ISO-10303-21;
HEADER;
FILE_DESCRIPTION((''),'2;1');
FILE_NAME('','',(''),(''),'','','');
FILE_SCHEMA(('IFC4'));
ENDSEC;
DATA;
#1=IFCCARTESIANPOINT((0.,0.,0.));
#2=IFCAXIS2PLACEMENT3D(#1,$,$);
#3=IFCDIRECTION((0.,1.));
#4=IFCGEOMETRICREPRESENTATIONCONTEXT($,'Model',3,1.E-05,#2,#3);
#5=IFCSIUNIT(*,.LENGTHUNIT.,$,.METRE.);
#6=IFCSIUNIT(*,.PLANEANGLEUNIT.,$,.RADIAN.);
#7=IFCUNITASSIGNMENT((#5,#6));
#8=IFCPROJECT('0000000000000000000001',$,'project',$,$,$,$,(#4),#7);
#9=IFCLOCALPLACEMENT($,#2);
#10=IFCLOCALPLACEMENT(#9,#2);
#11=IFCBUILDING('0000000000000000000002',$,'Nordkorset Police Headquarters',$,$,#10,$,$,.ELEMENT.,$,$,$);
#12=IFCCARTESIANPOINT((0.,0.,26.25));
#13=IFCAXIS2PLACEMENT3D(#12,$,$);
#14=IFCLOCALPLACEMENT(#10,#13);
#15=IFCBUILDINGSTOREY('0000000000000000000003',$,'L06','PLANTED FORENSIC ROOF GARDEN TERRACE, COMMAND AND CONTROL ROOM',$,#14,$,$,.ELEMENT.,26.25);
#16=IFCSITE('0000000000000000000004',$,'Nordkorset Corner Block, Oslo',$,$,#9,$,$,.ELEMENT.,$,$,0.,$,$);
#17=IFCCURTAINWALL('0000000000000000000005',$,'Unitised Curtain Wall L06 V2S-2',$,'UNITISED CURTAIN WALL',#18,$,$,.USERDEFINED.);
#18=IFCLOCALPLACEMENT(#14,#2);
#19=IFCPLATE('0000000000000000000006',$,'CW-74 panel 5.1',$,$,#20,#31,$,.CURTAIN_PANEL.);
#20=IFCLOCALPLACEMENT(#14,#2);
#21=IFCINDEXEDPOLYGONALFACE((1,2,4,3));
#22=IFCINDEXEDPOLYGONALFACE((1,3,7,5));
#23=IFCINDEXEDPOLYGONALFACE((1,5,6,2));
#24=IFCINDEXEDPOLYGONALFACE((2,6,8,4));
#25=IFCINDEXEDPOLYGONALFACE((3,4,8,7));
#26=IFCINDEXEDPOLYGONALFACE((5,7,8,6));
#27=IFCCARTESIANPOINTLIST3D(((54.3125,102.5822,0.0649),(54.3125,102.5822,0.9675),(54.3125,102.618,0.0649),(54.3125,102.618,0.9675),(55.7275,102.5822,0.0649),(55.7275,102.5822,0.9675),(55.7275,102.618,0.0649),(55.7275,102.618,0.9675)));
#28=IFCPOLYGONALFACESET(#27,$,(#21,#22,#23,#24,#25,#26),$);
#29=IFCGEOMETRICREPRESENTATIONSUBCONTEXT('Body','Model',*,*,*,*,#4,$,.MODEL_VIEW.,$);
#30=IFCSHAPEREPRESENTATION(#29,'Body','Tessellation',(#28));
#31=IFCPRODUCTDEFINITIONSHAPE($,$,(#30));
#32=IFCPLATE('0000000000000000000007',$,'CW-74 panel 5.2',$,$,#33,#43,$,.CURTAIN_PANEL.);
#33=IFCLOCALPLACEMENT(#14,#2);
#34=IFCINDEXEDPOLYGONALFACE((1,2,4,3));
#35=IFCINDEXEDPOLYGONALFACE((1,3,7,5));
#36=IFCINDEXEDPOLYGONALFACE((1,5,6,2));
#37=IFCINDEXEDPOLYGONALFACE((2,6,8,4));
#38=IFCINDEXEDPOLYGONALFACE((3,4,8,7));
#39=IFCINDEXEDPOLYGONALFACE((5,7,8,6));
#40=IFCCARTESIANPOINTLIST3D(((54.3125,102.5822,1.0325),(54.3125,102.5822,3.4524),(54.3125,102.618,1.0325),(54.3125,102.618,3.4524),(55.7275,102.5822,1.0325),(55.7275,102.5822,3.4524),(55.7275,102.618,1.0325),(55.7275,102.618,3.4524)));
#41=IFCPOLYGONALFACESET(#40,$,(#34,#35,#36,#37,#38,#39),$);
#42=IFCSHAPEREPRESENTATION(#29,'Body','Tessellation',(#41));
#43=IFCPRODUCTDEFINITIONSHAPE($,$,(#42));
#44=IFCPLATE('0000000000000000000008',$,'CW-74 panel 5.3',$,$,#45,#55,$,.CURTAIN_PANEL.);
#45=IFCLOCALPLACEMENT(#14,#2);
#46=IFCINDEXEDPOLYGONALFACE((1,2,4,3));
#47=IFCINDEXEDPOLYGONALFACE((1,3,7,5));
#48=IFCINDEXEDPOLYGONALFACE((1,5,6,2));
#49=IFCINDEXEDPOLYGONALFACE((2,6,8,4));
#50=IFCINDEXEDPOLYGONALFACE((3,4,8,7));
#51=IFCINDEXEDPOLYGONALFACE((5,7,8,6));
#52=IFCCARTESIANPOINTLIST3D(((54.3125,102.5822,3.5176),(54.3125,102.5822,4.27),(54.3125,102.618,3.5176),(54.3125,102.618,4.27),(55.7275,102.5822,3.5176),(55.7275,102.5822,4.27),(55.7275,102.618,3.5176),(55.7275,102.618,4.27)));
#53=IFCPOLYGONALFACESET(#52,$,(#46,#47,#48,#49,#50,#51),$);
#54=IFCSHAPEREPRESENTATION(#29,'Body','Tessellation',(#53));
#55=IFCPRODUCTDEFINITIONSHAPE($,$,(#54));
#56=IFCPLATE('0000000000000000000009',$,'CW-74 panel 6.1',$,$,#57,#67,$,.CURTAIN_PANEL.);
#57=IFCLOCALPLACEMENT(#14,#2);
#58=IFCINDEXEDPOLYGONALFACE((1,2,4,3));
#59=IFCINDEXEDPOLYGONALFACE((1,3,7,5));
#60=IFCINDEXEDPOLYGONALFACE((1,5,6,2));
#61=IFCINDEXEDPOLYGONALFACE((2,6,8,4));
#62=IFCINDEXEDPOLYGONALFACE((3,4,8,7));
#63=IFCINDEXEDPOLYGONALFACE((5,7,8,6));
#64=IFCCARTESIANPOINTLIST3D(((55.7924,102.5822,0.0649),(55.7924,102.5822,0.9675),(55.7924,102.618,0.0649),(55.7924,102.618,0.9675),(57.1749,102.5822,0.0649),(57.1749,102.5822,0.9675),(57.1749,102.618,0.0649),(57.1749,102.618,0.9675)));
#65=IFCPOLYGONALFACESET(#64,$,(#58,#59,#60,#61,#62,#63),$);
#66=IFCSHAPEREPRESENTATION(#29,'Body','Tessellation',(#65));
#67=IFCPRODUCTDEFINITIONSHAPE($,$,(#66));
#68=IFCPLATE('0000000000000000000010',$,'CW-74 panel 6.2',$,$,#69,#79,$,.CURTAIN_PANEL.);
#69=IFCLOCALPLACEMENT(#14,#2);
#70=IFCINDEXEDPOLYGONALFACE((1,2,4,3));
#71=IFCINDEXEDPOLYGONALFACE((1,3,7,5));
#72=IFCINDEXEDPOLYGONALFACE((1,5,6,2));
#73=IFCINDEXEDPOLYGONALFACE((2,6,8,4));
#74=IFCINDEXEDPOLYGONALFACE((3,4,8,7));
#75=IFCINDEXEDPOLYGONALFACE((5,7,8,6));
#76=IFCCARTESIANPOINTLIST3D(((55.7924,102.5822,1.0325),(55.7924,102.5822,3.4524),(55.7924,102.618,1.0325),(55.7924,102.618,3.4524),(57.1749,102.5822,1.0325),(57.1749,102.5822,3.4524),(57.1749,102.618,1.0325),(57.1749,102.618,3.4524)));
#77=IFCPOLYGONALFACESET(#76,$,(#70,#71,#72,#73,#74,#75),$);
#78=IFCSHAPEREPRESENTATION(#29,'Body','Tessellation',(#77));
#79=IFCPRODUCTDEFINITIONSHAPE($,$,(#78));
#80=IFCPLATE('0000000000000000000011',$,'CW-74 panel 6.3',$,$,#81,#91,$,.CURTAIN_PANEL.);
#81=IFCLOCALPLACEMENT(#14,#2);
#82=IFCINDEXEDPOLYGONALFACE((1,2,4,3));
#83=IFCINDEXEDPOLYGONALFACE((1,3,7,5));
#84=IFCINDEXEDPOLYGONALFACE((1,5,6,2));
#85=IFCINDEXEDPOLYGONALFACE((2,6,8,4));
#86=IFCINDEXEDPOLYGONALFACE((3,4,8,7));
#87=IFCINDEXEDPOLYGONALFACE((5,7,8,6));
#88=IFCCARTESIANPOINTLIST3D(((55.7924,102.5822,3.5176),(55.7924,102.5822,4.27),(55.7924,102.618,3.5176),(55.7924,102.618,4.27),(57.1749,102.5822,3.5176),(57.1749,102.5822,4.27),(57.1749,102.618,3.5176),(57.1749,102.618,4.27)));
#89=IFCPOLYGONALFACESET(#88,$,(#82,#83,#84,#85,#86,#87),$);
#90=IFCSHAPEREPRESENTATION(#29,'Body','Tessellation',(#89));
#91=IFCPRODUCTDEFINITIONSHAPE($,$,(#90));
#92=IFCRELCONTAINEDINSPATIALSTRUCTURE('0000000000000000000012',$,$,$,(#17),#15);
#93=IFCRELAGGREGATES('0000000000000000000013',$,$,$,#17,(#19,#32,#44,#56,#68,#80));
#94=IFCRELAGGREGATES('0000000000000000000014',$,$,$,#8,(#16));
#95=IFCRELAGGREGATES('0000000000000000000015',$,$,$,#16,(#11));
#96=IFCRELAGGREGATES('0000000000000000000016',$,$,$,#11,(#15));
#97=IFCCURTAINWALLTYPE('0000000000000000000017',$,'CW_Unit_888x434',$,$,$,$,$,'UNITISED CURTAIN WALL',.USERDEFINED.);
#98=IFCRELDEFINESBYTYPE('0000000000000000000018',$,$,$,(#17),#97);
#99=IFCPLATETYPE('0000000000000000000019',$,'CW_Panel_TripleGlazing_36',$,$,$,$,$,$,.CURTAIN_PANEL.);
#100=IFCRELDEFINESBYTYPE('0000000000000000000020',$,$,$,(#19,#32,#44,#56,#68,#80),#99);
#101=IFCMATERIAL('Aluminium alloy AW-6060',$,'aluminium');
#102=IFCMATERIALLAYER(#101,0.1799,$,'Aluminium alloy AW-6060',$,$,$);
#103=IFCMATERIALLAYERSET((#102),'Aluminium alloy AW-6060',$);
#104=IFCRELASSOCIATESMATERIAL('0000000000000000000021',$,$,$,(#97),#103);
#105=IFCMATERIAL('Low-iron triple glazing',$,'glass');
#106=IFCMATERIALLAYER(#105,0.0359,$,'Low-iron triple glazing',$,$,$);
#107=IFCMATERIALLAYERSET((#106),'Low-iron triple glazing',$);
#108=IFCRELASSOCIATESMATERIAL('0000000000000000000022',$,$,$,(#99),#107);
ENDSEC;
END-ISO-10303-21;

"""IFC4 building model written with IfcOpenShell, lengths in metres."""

from ifc_helpers import new_model, si_unit, direction, frame, origin, origin_2d, place, context, subcontext, project, spatial, rectangle, extrude, material, layer, layer_set, type_object, element, aggregate, save


model = new_model("IFC4")

# Units and contexts
model_context = context("Model", 3, precision=1e-05, world=origin(), true_north=direction((0.0, 1.0)))
body_context = subcontext(model_context, "Body", "Model", "MODEL_VIEW")
ifc_project = project(units=[si_unit("LENGTHUNIT", "METRE"), si_unit("PLANEANGLEUNIT", "RADIAN")], contexts=[model_context])

# Site, building, storey
site_placement = place(None, origin())
site = spatial("IfcSite", under=ifc_project, at=site_placement, Name="Nordkorset Corner Block, Oslo", CompositionType="ELEMENT", RefElevation=0.0)
building_placement = place(site_placement, origin())
building = spatial("IfcBuilding", under=site, at=building_placement, Name="Nordkorset Police Headquarters", CompositionType="ELEMENT")
storey_placement = place(building_placement, frame((0.0, 0.0, 26.25)))
storey = spatial("IfcBuildingStorey", under=building, at=storey_placement, Name="L06", Description="PLANTED FORENSIC ROOF GARDEN TERRACE, COMMAND AND CONTROL ROOM", CompositionType="ELEMENT", Elevation=26.25)

# Curtain wall, plates
ifc_material_1 = material(Name="Aluminium alloy AW-6060", Category="aluminium")
ifc_layer_1 = layer(ifc_material_1, 0.1799, Name="Aluminium alloy AW-6060")
ifc_layer_set_1 = layer_set([ifc_layer_1], Name="Aluminium alloy AW-6060")
curtain_wall_type = type_object("IfcCurtainWallType", Name="CW_Unit_888x434", ElementType="UNITISED CURTAIN WALL", PredefinedType="USERDEFINED", material=ifc_layer_set_1)
curtain_wall_placement = place(storey_placement, origin())
curtain_wall = element("IfcCurtainWall", 1, at=curtain_wall_placement, inside=storey, type_object=curtain_wall_type, Name="Unitised Curtain Wall L06 V2S-2", ObjectType="UNITISED CURTAIN WALL", PredefinedType="USERDEFINED")
ifc_material_2 = material(Name="Low-iron triple glazing", Category="glass")
ifc_layer_2 = layer(ifc_material_2, 0.0359, Name="Low-iron triple glazing")
ifc_layer_set_2 = layer_set([ifc_layer_2], Name="Low-iron triple glazing")
plate_type = type_object("IfcPlateType", Name="CW_Panel_TripleGlazing_36", PredefinedType="CURTAIN_PANEL", material=ifc_layer_set_2)
plate_1_placement = place(storey_placement, frame((55.02, 102.6001, 0.0649), z_axis=(0.0, 0.0, 1.0), x_axis=(1.0, 0.0, 0.0)))
plate_1 = element("IfcPlate", 2, at=plate_1_placement, type_object=plate_type, Name="CW-74 panel 5.1", PredefinedType="CURTAIN_PANEL", context=body_context, shape_type="SweptSolid", body=[
    extrude(rectangle(XDim=1.415, YDim=0.0359, at=origin_2d()), origin(), (0.0, 0.0, 1.0), 0.9026),
])
plate_2_placement = place(storey_placement, frame((55.02, 102.6001, 1.0325), z_axis=(0.0, 0.0, 1.0), x_axis=(1.0, 0.0, 0.0)))
plate_2 = element("IfcPlate", 3, at=plate_2_placement, type_object=plate_type, Name="CW-74 panel 5.2", PredefinedType="CURTAIN_PANEL", context=body_context, shape_type="SweptSolid", body=[
    extrude(rectangle(XDim=1.415, YDim=0.0359, at=origin_2d()), origin(), (0.0, 0.0, 1.0), 2.4199),
])
plate_3_placement = place(storey_placement, frame((55.02, 102.6001, 3.5176), z_axis=(0.0, 0.0, 1.0), x_axis=(1.0, 0.0, 0.0)))
plate_3 = element("IfcPlate", 4, at=plate_3_placement, type_object=plate_type, Name="CW-74 panel 5.3", PredefinedType="CURTAIN_PANEL", context=body_context, shape_type="SweptSolid", body=[
    extrude(rectangle(XDim=1.415, YDim=0.0359, at=origin_2d()), origin(), (0.0, 0.0, 1.0), 0.7524),
])
plate_4_placement = place(storey_placement, frame((56.4836, 102.6001, 0.0649), z_axis=(0.0, 0.0, 1.0), x_axis=(1.0, 0.0, 0.0)))
plate_4 = element("IfcPlate", 5, at=plate_4_placement, type_object=plate_type, Name="CW-74 panel 6.1", PredefinedType="CURTAIN_PANEL", context=body_context, shape_type="SweptSolid", body=[
    extrude(rectangle(XDim=1.3826, YDim=0.0359, at=origin_2d()), origin(), (0.0, 0.0, 1.0), 0.9026),
])
plate_5_placement = place(storey_placement, frame((56.4836, 102.6001, 1.0325), z_axis=(0.0, 0.0, 1.0), x_axis=(1.0, 0.0, 0.0)))
plate_5 = element("IfcPlate", 6, at=plate_5_placement, type_object=plate_type, Name="CW-74 panel 6.2", PredefinedType="CURTAIN_PANEL", context=body_context, shape_type="SweptSolid", body=[
    extrude(rectangle(XDim=1.3826, YDim=0.0359, at=origin_2d()), origin(), (0.0, 0.0, 1.0), 2.4199),
])
plate_6_placement = place(storey_placement, frame((56.4836, 102.6001, 3.5176), z_axis=(0.0, 0.0, 1.0), x_axis=(1.0, 0.0, 0.0)))
plate_6 = element("IfcPlate", 7, at=plate_6_placement, type_object=plate_type, Name="CW-74 panel 6.3", PredefinedType="CURTAIN_PANEL", context=body_context, shape_type="SweptSolid", body=[
    extrude(rectangle(XDim=1.3826, YDim=0.0359, at=origin_2d()), origin(), (0.0, 0.0, 1.0), 0.7524),
])
aggregate(curtain_wall, [plate_1, plate_2, plate_3, plate_4, plate_5, plate_6])

save(model, "model.ifc")
